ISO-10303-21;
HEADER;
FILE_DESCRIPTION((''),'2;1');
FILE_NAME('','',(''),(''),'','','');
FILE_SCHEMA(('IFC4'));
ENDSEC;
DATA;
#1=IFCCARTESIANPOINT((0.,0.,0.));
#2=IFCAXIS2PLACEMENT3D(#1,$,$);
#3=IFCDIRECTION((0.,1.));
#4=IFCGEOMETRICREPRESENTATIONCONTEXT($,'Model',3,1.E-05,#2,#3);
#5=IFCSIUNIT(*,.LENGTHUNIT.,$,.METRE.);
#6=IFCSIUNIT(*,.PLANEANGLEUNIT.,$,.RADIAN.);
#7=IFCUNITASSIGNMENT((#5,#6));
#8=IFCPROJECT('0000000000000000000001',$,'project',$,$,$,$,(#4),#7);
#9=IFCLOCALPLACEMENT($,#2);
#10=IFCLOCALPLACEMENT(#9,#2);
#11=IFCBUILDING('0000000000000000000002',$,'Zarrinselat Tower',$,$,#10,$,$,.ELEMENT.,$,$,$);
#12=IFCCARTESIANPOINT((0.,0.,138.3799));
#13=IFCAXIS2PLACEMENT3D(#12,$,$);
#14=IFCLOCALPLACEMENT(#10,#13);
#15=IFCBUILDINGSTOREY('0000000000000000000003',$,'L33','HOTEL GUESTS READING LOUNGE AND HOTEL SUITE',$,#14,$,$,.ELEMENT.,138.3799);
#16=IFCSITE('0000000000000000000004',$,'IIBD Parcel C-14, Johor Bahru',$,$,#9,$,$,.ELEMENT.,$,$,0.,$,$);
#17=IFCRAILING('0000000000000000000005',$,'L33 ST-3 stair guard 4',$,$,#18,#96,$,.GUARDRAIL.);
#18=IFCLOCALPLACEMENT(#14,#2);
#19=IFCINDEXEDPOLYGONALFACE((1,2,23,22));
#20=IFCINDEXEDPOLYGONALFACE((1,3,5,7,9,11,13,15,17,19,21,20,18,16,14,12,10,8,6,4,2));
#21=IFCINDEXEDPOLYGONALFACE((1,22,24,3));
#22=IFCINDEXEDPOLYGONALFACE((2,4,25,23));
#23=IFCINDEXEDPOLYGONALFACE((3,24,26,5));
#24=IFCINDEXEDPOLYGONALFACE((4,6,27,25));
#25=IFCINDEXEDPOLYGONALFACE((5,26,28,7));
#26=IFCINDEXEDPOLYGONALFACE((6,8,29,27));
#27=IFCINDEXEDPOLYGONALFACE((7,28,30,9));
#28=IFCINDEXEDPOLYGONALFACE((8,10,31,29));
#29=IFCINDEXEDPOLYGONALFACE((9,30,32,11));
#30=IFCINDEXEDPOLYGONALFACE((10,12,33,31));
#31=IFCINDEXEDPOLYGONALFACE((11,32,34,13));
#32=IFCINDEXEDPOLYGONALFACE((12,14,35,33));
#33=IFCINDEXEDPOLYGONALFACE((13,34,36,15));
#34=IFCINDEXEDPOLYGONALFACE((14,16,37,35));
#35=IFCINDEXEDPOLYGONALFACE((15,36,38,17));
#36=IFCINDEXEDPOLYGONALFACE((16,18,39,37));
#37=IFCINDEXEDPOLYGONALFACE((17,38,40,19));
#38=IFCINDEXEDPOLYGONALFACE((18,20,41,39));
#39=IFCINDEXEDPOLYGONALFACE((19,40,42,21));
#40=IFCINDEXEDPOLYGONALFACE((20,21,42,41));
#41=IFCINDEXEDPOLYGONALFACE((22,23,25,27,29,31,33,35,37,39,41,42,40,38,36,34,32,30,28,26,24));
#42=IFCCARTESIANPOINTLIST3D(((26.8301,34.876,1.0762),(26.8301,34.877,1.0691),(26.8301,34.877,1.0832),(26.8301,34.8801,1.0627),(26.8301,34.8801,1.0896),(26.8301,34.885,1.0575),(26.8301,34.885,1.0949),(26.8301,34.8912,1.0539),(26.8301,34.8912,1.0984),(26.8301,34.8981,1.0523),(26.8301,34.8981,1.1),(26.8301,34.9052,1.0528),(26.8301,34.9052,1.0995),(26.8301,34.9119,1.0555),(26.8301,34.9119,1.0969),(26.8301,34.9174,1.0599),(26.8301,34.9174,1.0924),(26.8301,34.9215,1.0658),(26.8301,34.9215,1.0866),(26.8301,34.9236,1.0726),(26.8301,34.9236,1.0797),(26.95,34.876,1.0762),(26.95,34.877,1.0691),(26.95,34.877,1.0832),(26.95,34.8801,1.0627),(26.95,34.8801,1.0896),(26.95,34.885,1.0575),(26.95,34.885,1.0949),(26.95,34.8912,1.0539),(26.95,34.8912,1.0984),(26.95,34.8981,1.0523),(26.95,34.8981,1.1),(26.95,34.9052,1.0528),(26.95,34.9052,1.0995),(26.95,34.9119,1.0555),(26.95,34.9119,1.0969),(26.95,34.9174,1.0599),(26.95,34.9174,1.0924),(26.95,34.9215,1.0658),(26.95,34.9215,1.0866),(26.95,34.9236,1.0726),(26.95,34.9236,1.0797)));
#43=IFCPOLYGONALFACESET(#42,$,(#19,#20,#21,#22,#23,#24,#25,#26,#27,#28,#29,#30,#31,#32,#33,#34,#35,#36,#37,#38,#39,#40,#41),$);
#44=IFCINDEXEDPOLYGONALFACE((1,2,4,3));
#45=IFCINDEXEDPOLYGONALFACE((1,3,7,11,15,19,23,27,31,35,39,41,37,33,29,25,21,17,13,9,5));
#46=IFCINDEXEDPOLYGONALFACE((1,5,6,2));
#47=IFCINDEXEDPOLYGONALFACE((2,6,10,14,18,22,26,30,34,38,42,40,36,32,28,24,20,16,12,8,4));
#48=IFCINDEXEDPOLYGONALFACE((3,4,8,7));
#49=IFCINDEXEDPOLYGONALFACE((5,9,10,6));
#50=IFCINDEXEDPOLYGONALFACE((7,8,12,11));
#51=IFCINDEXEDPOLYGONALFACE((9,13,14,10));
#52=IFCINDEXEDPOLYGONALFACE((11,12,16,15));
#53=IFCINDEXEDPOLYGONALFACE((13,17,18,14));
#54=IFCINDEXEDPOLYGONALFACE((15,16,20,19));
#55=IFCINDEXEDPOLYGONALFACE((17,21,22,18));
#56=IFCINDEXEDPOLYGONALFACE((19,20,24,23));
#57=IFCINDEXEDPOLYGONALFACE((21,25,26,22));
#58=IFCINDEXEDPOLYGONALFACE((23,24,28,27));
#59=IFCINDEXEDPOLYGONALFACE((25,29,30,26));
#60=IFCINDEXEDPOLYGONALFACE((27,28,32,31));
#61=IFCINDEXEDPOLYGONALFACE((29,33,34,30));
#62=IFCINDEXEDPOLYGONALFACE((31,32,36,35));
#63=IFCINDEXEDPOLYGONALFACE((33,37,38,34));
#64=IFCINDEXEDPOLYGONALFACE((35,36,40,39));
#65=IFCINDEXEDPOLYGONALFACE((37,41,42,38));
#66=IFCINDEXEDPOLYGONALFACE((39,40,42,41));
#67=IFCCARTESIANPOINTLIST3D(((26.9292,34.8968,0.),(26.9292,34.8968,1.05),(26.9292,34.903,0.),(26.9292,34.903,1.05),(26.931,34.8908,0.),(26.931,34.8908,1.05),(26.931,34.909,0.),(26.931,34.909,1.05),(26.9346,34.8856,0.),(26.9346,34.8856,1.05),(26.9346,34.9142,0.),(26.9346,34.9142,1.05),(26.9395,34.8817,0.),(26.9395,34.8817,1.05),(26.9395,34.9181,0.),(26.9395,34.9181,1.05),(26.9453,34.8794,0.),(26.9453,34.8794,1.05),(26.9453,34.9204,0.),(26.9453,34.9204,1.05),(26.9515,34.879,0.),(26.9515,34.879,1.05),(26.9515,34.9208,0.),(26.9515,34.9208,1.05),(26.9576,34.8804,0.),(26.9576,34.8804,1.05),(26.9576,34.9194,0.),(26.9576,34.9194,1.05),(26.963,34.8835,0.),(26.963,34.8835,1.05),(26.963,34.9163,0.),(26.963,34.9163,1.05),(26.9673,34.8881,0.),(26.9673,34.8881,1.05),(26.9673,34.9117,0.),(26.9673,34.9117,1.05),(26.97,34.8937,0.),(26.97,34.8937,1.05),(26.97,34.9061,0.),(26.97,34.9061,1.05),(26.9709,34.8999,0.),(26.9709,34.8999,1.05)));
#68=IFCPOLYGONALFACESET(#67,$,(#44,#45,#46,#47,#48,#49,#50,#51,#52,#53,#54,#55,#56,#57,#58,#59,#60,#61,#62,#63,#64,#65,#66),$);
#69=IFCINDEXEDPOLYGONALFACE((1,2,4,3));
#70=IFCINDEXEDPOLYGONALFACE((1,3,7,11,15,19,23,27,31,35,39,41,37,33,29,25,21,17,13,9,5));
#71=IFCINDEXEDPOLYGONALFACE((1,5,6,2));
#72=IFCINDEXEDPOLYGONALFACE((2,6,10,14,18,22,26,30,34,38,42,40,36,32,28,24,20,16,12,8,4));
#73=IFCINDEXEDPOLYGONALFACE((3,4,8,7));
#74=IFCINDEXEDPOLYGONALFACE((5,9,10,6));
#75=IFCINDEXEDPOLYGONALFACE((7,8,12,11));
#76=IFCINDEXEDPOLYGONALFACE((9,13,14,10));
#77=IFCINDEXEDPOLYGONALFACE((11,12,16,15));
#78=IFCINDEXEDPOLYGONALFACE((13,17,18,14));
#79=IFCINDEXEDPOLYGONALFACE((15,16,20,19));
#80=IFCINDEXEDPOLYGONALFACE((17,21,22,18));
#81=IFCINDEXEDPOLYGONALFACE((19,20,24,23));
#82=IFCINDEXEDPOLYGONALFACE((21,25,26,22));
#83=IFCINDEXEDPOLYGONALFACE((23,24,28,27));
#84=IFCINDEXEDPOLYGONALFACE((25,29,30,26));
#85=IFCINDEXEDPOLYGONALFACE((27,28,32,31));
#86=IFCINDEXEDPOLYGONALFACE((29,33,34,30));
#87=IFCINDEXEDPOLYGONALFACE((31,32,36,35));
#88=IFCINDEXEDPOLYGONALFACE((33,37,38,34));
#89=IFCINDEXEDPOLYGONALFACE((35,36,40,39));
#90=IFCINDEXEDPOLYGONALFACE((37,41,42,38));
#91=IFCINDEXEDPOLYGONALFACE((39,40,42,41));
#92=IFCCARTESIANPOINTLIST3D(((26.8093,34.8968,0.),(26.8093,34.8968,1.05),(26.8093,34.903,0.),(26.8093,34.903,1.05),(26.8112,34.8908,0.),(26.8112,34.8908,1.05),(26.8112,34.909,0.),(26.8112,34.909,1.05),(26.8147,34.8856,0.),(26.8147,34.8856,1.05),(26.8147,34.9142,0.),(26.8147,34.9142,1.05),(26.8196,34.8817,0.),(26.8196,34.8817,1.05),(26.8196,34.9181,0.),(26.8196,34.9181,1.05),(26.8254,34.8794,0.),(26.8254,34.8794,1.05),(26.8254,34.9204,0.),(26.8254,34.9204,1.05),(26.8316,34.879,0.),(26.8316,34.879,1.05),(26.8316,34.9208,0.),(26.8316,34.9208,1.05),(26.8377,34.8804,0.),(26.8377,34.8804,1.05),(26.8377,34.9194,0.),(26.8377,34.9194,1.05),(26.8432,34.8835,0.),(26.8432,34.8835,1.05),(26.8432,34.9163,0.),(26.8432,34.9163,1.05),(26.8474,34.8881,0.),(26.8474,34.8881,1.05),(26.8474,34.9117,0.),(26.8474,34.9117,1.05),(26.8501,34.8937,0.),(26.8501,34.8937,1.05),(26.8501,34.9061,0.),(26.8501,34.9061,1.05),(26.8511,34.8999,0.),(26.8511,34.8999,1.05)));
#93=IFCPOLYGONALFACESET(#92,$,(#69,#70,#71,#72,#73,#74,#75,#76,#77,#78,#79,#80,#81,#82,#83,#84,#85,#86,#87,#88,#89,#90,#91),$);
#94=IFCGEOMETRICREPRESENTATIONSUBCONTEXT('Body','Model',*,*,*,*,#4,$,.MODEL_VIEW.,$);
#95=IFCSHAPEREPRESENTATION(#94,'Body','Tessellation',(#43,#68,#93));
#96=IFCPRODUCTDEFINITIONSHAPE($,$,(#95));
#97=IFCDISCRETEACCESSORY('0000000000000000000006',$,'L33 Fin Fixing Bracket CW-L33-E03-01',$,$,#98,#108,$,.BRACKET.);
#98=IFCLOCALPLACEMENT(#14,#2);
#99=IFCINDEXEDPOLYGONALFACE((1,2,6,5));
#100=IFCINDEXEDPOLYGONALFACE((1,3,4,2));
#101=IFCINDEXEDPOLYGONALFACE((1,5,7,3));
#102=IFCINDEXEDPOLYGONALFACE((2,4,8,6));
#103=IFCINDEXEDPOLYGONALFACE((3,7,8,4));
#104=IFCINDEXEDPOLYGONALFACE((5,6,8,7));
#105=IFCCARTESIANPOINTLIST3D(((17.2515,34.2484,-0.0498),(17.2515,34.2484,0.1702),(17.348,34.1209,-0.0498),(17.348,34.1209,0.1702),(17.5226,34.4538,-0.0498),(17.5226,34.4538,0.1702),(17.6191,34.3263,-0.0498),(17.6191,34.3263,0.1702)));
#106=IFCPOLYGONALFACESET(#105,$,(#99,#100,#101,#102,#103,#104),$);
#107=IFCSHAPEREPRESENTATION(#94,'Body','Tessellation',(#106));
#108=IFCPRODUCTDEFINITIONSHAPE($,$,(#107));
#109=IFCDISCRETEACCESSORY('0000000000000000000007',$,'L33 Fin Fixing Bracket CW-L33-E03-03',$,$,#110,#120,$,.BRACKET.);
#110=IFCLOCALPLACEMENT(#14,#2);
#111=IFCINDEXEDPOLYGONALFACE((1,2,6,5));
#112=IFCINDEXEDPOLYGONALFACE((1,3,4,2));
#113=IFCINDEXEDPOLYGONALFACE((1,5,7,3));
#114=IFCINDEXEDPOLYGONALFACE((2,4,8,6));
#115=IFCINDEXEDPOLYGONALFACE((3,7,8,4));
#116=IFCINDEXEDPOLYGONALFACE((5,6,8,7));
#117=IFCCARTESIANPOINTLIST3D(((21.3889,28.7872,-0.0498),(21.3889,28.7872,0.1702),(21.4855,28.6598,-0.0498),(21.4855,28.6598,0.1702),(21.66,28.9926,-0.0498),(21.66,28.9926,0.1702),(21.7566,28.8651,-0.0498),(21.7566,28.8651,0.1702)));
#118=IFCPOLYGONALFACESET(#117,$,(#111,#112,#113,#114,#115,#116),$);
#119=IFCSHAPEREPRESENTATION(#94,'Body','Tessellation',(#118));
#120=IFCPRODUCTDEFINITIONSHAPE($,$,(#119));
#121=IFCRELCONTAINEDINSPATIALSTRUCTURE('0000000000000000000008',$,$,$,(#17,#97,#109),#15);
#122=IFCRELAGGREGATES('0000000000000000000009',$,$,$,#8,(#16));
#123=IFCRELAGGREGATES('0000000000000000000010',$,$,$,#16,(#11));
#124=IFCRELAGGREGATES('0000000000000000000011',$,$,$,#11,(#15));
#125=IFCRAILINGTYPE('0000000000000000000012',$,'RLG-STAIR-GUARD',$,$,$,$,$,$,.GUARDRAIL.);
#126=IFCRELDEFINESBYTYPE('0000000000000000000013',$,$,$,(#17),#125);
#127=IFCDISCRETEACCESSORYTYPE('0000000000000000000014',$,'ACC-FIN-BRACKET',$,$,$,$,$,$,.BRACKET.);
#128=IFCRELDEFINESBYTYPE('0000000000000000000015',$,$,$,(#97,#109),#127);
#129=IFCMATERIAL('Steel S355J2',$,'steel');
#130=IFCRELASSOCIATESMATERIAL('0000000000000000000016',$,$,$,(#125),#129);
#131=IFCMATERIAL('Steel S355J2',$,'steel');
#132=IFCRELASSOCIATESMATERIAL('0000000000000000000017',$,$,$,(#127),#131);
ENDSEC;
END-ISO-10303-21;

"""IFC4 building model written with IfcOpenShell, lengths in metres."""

from ifc_helpers import new_model, si_unit, direction, frame, origin, origin_2d, place, context, subcontext, project, spatial, rectangle, circle, extrude, material, type_object, element, save


model = new_model("IFC4")

# Units and contexts
model_context = context("Model", 3, precision=1e-05, world=origin(), true_north=direction((0.0, 1.0)))
body_context = subcontext(model_context, "Body", "Model", "MODEL_VIEW")
ifc_project = project(units=[si_unit("LENGTHUNIT", "METRE"), si_unit("PLANEANGLEUNIT", "RADIAN")], contexts=[model_context])

# Site, building, storey
site_placement = place(None, origin())
site = spatial("IfcSite", under=ifc_project, at=site_placement, Name="IIBD Parcel C-14, Johor Bahru", CompositionType="ELEMENT", RefElevation=0.0)
building_placement = place(site_placement, origin())
building = spatial("IfcBuilding", under=site, at=building_placement, Name="Zarrinselat Tower", CompositionType="ELEMENT")
storey_placement = place(building_placement, frame((0.0, 0.0, 138.3799)))
storey = spatial("IfcBuildingStorey", under=building, at=storey_placement, Name="L33", Description="HOTEL GUESTS READING LOUNGE AND HOTEL SUITE", CompositionType="ELEMENT", Elevation=138.3799)

# Railing
ifc_material_1 = material(Name="Steel S355J2", Category="steel")
railing_type = type_object("IfcRailingType", Name="RLG-STAIR-GUARD", PredefinedType="GUARDRAIL", material=ifc_material_1)
railing_1_placement = place(storey_placement, frame((26.95, 34.8999, 0.0)))
element("IfcRailing", 1, at=railing_1_placement, inside=storey, type_object=railing_type, Name="L33 ST-3 stair guard 4", PredefinedType="GUARDRAIL", context=body_context, shape_type="SweptSolid", body=[
    extrude(circle(Radius=0.0239, at=origin_2d()), frame((0.0, 0.0, 1.0762), z_axis=(-1.0, 0.0, 0.0), x_axis=(0.0, -1.0, 0.0)), (0.0, 0.0, 1.0), 0.1199),
    extrude(circle(Radius=0.021, at=origin_2d()), origin(), (0.0, 0.0, 1.0), 1.05),
    extrude(circle(Radius=0.021, at=origin_2d()), frame((-0.1199, 0.0, 0.0)), (0.0, 0.0, 1.0), 1.05),
])

# Discrete accessories
ifc_material_2 = material(Name="Steel S355J2", Category="steel")
discrete_accessory_type = type_object("IfcDiscreteAccessoryType", Name="ACC-FIN-BRACKET", PredefinedType="BRACKET", material=ifc_material_2)
for number, where, z_axis, x_axis, name in (
    (2, (17.4353, 34.2874, -0.0498), (0.0, 0.0, 1.0), (-0.797094, -0.603856, 0.0), "L33 Fin Fixing Bracket CW-L33-E03-01"),
    (3, (21.5728, 28.8262, -0.0498), (0.0, 0.0, 1.0), (-0.797094, -0.603856, 0.0), "L33 Fin Fixing Bracket CW-L33-E03-03"),
):
    element("IfcDiscreteAccessory", number, at=place(storey_placement, frame(where, z_axis=z_axis, x_axis=x_axis)), inside=storey, type_object=discrete_accessory_type, Name=name, PredefinedType="BRACKET", context=body_context, shape_type="SweptSolid", body=[
        extrude(rectangle(XDim=0.3401, YDim=0.1599, at=origin_2d()), origin(), (0.0, 0.0, 1.0), 0.22),
    ])

save(model, "model.ifc")
